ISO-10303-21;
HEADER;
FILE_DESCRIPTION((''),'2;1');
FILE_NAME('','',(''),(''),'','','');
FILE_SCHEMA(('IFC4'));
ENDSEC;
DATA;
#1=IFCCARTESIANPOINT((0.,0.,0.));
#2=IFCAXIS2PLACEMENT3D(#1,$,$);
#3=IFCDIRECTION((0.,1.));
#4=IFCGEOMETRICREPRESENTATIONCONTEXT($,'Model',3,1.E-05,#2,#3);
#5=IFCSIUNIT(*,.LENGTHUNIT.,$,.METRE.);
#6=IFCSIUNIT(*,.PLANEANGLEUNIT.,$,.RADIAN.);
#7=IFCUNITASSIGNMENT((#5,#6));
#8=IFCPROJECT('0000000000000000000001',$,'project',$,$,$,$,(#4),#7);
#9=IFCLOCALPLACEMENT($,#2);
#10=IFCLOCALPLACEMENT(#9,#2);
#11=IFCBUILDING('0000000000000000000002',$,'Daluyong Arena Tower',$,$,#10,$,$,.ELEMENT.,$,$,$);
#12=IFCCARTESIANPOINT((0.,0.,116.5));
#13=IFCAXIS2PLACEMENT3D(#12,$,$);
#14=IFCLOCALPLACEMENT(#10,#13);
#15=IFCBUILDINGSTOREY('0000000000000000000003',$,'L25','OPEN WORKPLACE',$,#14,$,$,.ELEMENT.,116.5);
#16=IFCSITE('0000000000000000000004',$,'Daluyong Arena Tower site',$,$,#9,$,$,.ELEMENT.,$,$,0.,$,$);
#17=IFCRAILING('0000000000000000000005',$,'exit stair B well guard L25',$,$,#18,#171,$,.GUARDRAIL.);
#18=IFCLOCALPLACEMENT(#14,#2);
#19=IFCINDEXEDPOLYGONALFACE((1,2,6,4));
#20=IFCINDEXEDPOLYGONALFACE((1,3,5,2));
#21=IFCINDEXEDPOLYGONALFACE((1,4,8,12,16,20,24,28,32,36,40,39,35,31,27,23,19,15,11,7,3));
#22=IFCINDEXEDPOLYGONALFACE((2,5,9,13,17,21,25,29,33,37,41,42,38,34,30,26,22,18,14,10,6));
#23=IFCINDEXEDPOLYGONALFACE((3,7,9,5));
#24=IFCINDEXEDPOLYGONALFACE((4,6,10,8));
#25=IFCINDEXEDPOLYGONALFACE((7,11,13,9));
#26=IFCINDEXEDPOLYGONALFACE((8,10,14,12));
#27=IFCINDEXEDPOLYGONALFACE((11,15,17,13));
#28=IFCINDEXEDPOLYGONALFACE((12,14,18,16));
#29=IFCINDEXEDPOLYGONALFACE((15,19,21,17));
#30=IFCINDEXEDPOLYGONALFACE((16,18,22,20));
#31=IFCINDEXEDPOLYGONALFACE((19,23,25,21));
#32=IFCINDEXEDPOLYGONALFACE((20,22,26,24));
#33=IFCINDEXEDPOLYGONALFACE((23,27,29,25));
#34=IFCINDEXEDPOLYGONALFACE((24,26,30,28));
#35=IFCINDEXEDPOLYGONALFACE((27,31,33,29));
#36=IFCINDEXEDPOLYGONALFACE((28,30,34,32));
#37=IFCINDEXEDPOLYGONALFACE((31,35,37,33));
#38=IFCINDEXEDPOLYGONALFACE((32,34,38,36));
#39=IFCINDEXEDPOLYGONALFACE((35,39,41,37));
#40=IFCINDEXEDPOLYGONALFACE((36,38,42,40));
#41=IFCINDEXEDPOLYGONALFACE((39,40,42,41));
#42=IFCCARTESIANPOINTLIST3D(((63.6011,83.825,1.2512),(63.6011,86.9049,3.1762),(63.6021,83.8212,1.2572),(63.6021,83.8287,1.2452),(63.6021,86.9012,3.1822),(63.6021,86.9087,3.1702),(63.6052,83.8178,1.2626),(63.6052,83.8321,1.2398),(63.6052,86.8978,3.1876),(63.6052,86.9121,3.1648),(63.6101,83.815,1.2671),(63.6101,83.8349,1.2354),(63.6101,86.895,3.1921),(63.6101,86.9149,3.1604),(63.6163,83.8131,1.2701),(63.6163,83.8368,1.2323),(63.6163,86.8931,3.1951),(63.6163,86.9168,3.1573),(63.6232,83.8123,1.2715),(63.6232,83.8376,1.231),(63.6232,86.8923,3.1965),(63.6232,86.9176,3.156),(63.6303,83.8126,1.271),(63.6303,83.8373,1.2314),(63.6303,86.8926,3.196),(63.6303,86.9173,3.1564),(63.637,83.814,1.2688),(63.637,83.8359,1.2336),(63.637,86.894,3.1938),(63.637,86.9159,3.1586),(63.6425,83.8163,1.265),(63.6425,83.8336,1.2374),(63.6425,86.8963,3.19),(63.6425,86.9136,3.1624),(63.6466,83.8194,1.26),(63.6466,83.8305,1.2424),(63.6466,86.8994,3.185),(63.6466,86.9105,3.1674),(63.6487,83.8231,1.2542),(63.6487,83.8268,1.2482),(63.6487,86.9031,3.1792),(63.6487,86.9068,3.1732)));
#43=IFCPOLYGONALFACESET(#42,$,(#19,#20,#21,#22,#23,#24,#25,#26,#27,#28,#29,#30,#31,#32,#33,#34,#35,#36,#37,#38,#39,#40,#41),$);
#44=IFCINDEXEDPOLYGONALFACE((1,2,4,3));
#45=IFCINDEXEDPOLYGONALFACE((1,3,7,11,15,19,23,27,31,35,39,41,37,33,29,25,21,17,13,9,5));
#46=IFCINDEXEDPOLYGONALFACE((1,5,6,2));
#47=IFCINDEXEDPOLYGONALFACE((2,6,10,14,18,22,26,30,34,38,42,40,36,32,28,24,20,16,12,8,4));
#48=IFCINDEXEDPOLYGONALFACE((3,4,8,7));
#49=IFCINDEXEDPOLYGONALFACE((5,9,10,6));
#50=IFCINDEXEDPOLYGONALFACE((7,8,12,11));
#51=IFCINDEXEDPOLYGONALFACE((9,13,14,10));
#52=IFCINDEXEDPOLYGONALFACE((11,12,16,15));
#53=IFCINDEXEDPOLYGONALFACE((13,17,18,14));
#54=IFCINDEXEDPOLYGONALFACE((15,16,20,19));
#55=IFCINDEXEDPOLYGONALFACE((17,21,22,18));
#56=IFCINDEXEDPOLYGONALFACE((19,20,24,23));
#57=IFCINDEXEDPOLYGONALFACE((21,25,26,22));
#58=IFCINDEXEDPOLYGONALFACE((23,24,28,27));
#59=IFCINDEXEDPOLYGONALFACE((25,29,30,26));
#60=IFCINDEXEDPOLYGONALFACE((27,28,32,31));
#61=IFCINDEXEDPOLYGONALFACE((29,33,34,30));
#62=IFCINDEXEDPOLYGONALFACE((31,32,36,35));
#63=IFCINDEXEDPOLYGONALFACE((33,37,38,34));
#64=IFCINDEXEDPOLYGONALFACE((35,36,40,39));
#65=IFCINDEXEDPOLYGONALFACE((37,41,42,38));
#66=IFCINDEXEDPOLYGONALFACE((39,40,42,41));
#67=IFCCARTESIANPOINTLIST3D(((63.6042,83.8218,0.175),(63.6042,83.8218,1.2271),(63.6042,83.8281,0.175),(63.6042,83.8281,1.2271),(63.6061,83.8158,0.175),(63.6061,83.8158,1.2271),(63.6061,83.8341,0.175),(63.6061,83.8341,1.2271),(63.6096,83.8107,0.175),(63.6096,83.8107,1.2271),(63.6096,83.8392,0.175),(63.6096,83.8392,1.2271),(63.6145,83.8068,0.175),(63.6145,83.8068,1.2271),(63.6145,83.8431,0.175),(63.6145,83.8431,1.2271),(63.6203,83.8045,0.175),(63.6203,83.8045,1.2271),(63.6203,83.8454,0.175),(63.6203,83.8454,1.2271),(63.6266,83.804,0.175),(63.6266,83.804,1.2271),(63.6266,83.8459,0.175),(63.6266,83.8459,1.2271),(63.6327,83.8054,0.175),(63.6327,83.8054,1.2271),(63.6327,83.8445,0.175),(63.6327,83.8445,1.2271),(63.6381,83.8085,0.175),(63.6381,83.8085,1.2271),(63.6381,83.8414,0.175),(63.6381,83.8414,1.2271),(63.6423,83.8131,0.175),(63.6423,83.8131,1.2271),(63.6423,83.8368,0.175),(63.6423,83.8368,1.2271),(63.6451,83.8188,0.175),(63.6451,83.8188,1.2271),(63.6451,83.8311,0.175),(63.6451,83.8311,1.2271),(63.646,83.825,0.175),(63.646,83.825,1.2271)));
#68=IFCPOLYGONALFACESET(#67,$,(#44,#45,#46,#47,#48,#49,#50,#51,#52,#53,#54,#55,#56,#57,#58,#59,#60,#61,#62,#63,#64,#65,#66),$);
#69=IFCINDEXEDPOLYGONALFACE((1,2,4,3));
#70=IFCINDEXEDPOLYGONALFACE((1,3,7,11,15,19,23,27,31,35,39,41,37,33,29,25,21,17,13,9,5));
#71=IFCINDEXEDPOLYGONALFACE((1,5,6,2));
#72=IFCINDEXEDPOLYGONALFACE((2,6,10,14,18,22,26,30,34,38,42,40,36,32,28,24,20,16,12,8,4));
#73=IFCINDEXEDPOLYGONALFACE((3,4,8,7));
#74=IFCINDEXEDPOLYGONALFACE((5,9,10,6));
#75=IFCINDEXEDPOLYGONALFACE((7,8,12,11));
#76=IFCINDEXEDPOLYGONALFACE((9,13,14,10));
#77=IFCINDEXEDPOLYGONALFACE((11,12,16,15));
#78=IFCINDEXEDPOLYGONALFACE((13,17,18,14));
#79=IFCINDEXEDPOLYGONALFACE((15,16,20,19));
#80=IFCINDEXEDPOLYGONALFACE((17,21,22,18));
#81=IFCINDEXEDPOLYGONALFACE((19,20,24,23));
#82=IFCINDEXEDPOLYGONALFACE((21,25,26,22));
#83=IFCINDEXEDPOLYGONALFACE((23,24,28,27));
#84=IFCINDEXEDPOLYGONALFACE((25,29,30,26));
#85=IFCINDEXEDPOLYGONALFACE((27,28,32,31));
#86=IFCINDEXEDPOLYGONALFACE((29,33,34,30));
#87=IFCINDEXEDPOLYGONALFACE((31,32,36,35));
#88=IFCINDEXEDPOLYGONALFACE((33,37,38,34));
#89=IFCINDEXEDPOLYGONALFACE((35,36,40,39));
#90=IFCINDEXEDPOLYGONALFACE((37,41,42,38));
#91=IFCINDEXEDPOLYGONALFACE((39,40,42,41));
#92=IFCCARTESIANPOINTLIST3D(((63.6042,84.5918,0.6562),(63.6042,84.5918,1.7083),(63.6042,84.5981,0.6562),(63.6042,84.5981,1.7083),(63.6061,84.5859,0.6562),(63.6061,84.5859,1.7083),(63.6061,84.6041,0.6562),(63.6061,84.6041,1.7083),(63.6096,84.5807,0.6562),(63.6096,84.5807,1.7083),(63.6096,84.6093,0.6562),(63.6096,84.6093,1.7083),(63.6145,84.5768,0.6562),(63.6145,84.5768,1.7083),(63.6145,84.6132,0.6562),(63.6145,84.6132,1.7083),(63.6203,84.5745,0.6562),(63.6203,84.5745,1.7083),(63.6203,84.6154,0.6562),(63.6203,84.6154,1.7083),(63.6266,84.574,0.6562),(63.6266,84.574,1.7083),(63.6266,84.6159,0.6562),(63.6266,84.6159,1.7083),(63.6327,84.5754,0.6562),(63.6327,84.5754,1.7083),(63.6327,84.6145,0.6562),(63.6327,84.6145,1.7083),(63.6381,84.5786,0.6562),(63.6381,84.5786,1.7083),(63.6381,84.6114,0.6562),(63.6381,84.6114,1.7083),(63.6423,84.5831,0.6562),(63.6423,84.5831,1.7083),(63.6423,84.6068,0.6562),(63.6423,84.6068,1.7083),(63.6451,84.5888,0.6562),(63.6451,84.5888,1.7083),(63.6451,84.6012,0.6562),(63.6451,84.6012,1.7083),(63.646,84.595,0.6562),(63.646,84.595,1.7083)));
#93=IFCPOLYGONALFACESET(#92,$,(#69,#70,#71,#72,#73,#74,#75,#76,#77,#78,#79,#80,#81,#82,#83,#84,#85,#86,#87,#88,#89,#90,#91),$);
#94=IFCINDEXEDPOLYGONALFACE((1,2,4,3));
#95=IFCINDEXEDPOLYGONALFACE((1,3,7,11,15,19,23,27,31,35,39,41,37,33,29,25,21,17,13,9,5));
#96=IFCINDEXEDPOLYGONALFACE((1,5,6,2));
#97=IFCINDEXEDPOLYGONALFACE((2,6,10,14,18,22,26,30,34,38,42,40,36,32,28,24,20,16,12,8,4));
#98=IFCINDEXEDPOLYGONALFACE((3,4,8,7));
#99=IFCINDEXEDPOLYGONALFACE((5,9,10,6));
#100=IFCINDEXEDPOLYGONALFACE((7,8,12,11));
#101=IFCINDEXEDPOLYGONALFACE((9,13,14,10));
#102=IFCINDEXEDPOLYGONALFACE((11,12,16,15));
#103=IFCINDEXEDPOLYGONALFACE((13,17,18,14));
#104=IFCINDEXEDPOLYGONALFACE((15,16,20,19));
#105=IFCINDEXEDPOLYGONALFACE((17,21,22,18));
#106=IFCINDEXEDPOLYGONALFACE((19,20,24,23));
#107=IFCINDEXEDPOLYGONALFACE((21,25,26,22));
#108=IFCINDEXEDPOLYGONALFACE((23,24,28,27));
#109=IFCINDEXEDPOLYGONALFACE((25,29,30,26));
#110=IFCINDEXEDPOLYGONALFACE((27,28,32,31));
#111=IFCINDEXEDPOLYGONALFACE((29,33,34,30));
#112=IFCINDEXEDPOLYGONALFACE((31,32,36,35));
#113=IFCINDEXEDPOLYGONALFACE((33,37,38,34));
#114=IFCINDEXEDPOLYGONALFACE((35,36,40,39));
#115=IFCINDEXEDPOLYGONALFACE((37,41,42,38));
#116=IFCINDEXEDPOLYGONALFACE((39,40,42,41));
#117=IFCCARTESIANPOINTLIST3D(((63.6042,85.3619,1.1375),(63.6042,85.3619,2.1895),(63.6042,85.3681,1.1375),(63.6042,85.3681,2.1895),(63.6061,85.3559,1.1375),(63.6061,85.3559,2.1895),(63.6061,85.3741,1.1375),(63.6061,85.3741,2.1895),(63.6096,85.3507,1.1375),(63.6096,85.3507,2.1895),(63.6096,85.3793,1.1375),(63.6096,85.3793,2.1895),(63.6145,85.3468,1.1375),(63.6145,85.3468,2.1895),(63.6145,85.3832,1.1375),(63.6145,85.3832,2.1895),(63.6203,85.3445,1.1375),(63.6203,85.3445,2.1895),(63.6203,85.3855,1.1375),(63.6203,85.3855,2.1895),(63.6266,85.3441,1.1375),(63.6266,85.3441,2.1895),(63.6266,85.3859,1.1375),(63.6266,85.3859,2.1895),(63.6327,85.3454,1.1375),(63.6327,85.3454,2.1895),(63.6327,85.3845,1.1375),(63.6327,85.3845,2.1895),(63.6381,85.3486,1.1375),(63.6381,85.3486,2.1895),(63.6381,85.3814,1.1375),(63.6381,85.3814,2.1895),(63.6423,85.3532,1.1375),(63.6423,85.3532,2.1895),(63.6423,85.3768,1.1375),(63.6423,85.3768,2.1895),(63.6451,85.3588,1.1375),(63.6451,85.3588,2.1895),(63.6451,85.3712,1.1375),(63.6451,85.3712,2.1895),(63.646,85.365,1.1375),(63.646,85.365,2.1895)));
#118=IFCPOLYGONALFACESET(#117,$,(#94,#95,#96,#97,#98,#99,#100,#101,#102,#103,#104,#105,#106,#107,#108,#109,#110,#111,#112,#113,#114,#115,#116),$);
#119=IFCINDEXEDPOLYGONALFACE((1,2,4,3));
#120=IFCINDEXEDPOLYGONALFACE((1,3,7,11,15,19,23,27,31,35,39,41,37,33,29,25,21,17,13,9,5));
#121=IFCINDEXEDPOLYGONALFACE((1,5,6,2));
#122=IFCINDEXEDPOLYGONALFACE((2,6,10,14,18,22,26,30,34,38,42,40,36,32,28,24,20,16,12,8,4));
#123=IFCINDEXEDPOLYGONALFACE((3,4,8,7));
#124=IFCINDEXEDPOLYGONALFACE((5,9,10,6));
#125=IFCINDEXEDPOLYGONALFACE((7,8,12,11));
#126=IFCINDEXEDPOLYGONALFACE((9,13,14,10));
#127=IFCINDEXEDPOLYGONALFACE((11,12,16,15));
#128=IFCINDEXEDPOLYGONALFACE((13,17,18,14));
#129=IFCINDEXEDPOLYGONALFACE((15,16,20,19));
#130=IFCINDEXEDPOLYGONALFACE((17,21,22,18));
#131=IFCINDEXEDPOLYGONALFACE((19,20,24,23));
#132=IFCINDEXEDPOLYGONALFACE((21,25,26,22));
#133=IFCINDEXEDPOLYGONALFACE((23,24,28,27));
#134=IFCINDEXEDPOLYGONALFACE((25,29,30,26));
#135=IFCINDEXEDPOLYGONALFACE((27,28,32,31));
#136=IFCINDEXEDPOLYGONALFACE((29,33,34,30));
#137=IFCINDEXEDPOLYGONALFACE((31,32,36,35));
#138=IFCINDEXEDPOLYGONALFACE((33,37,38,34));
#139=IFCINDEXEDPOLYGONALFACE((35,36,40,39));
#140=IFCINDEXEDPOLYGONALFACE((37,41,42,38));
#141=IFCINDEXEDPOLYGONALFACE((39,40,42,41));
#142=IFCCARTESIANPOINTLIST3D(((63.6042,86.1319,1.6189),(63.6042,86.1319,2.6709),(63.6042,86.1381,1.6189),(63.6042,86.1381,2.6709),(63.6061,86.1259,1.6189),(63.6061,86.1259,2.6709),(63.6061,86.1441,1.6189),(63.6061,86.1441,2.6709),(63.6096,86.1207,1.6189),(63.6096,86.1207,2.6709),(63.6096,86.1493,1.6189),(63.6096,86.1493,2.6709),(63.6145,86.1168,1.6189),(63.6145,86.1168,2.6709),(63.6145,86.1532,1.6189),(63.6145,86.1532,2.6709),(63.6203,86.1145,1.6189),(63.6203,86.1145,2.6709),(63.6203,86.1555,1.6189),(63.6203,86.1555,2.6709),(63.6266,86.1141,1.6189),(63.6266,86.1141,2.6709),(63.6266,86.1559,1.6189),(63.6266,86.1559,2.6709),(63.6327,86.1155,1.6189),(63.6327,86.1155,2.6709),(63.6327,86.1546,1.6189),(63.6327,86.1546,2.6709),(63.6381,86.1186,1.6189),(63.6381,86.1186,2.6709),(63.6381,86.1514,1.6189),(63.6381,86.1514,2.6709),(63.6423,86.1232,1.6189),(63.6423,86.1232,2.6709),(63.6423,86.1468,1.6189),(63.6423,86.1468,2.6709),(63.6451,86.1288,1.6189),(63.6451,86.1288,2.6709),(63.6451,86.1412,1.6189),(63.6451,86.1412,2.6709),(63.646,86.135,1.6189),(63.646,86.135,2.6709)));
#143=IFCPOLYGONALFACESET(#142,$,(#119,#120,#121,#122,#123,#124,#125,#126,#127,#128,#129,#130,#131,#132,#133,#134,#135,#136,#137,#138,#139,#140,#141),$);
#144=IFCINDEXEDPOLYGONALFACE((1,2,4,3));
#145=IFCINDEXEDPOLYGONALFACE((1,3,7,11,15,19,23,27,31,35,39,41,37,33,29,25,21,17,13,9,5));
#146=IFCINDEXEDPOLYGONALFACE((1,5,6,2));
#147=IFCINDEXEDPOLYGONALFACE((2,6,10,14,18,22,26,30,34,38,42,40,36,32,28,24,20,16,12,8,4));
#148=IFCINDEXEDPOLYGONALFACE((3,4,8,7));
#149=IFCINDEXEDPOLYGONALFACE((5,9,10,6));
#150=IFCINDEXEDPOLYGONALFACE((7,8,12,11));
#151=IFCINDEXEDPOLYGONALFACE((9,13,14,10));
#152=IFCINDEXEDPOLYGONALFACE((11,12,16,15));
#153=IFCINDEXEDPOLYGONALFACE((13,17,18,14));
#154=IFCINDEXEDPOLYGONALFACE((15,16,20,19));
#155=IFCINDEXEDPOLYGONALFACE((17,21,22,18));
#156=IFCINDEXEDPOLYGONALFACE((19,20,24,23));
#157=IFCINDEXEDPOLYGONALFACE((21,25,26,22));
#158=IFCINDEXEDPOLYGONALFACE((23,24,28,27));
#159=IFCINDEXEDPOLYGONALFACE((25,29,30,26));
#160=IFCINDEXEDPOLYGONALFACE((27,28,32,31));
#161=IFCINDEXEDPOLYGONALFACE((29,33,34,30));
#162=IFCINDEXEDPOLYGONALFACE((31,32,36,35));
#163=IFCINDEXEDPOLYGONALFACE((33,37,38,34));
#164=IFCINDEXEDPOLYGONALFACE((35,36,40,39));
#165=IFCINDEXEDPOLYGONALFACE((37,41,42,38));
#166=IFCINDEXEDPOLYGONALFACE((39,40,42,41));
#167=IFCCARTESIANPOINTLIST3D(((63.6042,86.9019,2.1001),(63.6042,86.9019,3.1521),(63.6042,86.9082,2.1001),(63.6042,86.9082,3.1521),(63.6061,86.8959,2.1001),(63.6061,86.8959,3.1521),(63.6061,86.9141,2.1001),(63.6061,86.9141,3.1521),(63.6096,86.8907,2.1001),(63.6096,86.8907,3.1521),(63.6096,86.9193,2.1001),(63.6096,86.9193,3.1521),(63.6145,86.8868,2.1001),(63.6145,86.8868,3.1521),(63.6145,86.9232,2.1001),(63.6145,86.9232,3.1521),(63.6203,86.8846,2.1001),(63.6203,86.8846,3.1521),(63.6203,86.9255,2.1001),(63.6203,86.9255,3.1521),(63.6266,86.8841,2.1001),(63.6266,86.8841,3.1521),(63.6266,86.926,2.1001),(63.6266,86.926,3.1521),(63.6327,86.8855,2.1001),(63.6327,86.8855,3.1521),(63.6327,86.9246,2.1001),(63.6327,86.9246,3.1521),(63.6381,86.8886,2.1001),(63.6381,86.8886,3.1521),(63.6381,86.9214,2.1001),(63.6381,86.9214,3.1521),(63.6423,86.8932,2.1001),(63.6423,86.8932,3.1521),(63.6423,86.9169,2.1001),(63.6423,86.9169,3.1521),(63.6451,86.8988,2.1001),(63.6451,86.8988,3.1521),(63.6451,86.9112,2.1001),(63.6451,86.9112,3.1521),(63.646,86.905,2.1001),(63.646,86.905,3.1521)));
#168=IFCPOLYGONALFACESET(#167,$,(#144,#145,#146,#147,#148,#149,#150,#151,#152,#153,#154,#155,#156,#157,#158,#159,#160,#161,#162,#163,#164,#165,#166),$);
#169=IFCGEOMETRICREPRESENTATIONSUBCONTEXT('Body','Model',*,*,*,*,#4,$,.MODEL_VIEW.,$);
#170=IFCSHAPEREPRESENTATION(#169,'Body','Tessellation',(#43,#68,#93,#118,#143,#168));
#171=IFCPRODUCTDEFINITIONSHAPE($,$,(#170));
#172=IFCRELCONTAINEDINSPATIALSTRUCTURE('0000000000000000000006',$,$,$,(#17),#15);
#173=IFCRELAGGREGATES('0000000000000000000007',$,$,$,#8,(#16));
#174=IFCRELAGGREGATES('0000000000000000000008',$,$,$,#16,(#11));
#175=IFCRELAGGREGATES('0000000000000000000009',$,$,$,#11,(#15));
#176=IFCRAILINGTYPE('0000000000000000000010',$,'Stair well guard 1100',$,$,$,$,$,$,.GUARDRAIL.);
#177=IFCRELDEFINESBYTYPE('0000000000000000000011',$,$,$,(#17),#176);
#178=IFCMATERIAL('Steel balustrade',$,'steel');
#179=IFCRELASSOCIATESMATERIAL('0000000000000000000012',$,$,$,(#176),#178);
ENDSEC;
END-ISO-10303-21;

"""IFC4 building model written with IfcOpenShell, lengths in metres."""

from ifc_helpers import new_model, si_unit, direction, frame, origin, origin_2d, place, context, subcontext, project, spatial, circle, extrude, material, type_object, element, save


model = new_model("IFC4")

# Units and contexts
model_context = context("Model", 3, precision=1e-05, world=origin(), true_north=direction((0.0, 1.0)))
body_context = subcontext(model_context, "Body", "Model", "MODEL_VIEW")
ifc_project = project(units=[si_unit("LENGTHUNIT", "METRE"), si_unit("PLANEANGLEUNIT", "RADIAN")], contexts=[model_context])

# Site, building, storey
site_placement = place(None, origin())
site = spatial("IfcSite", under=ifc_project, at=site_placement, Name="Daluyong Arena Tower site", CompositionType="ELEMENT", RefElevation=0.0)
building_placement = place(site_placement, origin())
building = spatial("IfcBuilding", under=site, at=building_placement, Name="Daluyong Arena Tower", CompositionType="ELEMENT")
storey_placement = place(building_placement, frame((0.0, 0.0, 116.5)))
storey = spatial("IfcBuildingStorey", under=building, at=storey_placement, Name="L25", Description="OPEN WORKPLACE", CompositionType="ELEMENT", Elevation=116.5)

# Railing
ifc_material_1 = material(Name="Steel balustrade", Category="steel")
railing_type_1 = type_object("IfcRailingType", Name="Stair well guard 1100", PredefinedType="GUARDRAIL", material=ifc_material_1)
railing_1_placement = place(storey_placement, frame((63.625, 83.825, 0.175)))
element("IfcRailing", 1, at=railing_1_placement, inside=storey, type_object=railing_type_1, Name="exit stair B well guard L25", PredefinedType="GUARDRAIL", context=body_context, shape_type="SweptSolid", body=[
    extrude(circle(Radius=0.0239, at=origin_2d()), frame((0.0, 0.0, 1.0762), z_axis=(0.0, 0.847998, 0.529999), x_axis=(-1.0, 0.0, 0.0)), (0.0, 0.0, 1.0), 3.6321),
    extrude(circle(Radius=0.021, at=origin_2d()), origin(), (0.0, 0.0, 1.0), 1.052),
    extrude(circle(Radius=0.021, at=origin_2d()), frame((0.0, 0.77, 0.4812)), (0.0, 0.0, 1.0), 1.052),
    extrude(circle(Radius=0.021, at=origin_2d()), frame((0.0, 1.54, 0.9624)), (0.0, 0.0, 1.0), 1.052),
    extrude(circle(Radius=0.021, at=origin_2d()), frame((0.0, 2.3101, 1.4438)), (0.0, 0.0, 1.0), 1.052),
    extrude(circle(Radius=0.021, at=origin_2d()), frame((0.0, 3.0801, 1.925)), (0.0, 0.0, 1.0), 1.052),
])

save(model, "model.ifc")
